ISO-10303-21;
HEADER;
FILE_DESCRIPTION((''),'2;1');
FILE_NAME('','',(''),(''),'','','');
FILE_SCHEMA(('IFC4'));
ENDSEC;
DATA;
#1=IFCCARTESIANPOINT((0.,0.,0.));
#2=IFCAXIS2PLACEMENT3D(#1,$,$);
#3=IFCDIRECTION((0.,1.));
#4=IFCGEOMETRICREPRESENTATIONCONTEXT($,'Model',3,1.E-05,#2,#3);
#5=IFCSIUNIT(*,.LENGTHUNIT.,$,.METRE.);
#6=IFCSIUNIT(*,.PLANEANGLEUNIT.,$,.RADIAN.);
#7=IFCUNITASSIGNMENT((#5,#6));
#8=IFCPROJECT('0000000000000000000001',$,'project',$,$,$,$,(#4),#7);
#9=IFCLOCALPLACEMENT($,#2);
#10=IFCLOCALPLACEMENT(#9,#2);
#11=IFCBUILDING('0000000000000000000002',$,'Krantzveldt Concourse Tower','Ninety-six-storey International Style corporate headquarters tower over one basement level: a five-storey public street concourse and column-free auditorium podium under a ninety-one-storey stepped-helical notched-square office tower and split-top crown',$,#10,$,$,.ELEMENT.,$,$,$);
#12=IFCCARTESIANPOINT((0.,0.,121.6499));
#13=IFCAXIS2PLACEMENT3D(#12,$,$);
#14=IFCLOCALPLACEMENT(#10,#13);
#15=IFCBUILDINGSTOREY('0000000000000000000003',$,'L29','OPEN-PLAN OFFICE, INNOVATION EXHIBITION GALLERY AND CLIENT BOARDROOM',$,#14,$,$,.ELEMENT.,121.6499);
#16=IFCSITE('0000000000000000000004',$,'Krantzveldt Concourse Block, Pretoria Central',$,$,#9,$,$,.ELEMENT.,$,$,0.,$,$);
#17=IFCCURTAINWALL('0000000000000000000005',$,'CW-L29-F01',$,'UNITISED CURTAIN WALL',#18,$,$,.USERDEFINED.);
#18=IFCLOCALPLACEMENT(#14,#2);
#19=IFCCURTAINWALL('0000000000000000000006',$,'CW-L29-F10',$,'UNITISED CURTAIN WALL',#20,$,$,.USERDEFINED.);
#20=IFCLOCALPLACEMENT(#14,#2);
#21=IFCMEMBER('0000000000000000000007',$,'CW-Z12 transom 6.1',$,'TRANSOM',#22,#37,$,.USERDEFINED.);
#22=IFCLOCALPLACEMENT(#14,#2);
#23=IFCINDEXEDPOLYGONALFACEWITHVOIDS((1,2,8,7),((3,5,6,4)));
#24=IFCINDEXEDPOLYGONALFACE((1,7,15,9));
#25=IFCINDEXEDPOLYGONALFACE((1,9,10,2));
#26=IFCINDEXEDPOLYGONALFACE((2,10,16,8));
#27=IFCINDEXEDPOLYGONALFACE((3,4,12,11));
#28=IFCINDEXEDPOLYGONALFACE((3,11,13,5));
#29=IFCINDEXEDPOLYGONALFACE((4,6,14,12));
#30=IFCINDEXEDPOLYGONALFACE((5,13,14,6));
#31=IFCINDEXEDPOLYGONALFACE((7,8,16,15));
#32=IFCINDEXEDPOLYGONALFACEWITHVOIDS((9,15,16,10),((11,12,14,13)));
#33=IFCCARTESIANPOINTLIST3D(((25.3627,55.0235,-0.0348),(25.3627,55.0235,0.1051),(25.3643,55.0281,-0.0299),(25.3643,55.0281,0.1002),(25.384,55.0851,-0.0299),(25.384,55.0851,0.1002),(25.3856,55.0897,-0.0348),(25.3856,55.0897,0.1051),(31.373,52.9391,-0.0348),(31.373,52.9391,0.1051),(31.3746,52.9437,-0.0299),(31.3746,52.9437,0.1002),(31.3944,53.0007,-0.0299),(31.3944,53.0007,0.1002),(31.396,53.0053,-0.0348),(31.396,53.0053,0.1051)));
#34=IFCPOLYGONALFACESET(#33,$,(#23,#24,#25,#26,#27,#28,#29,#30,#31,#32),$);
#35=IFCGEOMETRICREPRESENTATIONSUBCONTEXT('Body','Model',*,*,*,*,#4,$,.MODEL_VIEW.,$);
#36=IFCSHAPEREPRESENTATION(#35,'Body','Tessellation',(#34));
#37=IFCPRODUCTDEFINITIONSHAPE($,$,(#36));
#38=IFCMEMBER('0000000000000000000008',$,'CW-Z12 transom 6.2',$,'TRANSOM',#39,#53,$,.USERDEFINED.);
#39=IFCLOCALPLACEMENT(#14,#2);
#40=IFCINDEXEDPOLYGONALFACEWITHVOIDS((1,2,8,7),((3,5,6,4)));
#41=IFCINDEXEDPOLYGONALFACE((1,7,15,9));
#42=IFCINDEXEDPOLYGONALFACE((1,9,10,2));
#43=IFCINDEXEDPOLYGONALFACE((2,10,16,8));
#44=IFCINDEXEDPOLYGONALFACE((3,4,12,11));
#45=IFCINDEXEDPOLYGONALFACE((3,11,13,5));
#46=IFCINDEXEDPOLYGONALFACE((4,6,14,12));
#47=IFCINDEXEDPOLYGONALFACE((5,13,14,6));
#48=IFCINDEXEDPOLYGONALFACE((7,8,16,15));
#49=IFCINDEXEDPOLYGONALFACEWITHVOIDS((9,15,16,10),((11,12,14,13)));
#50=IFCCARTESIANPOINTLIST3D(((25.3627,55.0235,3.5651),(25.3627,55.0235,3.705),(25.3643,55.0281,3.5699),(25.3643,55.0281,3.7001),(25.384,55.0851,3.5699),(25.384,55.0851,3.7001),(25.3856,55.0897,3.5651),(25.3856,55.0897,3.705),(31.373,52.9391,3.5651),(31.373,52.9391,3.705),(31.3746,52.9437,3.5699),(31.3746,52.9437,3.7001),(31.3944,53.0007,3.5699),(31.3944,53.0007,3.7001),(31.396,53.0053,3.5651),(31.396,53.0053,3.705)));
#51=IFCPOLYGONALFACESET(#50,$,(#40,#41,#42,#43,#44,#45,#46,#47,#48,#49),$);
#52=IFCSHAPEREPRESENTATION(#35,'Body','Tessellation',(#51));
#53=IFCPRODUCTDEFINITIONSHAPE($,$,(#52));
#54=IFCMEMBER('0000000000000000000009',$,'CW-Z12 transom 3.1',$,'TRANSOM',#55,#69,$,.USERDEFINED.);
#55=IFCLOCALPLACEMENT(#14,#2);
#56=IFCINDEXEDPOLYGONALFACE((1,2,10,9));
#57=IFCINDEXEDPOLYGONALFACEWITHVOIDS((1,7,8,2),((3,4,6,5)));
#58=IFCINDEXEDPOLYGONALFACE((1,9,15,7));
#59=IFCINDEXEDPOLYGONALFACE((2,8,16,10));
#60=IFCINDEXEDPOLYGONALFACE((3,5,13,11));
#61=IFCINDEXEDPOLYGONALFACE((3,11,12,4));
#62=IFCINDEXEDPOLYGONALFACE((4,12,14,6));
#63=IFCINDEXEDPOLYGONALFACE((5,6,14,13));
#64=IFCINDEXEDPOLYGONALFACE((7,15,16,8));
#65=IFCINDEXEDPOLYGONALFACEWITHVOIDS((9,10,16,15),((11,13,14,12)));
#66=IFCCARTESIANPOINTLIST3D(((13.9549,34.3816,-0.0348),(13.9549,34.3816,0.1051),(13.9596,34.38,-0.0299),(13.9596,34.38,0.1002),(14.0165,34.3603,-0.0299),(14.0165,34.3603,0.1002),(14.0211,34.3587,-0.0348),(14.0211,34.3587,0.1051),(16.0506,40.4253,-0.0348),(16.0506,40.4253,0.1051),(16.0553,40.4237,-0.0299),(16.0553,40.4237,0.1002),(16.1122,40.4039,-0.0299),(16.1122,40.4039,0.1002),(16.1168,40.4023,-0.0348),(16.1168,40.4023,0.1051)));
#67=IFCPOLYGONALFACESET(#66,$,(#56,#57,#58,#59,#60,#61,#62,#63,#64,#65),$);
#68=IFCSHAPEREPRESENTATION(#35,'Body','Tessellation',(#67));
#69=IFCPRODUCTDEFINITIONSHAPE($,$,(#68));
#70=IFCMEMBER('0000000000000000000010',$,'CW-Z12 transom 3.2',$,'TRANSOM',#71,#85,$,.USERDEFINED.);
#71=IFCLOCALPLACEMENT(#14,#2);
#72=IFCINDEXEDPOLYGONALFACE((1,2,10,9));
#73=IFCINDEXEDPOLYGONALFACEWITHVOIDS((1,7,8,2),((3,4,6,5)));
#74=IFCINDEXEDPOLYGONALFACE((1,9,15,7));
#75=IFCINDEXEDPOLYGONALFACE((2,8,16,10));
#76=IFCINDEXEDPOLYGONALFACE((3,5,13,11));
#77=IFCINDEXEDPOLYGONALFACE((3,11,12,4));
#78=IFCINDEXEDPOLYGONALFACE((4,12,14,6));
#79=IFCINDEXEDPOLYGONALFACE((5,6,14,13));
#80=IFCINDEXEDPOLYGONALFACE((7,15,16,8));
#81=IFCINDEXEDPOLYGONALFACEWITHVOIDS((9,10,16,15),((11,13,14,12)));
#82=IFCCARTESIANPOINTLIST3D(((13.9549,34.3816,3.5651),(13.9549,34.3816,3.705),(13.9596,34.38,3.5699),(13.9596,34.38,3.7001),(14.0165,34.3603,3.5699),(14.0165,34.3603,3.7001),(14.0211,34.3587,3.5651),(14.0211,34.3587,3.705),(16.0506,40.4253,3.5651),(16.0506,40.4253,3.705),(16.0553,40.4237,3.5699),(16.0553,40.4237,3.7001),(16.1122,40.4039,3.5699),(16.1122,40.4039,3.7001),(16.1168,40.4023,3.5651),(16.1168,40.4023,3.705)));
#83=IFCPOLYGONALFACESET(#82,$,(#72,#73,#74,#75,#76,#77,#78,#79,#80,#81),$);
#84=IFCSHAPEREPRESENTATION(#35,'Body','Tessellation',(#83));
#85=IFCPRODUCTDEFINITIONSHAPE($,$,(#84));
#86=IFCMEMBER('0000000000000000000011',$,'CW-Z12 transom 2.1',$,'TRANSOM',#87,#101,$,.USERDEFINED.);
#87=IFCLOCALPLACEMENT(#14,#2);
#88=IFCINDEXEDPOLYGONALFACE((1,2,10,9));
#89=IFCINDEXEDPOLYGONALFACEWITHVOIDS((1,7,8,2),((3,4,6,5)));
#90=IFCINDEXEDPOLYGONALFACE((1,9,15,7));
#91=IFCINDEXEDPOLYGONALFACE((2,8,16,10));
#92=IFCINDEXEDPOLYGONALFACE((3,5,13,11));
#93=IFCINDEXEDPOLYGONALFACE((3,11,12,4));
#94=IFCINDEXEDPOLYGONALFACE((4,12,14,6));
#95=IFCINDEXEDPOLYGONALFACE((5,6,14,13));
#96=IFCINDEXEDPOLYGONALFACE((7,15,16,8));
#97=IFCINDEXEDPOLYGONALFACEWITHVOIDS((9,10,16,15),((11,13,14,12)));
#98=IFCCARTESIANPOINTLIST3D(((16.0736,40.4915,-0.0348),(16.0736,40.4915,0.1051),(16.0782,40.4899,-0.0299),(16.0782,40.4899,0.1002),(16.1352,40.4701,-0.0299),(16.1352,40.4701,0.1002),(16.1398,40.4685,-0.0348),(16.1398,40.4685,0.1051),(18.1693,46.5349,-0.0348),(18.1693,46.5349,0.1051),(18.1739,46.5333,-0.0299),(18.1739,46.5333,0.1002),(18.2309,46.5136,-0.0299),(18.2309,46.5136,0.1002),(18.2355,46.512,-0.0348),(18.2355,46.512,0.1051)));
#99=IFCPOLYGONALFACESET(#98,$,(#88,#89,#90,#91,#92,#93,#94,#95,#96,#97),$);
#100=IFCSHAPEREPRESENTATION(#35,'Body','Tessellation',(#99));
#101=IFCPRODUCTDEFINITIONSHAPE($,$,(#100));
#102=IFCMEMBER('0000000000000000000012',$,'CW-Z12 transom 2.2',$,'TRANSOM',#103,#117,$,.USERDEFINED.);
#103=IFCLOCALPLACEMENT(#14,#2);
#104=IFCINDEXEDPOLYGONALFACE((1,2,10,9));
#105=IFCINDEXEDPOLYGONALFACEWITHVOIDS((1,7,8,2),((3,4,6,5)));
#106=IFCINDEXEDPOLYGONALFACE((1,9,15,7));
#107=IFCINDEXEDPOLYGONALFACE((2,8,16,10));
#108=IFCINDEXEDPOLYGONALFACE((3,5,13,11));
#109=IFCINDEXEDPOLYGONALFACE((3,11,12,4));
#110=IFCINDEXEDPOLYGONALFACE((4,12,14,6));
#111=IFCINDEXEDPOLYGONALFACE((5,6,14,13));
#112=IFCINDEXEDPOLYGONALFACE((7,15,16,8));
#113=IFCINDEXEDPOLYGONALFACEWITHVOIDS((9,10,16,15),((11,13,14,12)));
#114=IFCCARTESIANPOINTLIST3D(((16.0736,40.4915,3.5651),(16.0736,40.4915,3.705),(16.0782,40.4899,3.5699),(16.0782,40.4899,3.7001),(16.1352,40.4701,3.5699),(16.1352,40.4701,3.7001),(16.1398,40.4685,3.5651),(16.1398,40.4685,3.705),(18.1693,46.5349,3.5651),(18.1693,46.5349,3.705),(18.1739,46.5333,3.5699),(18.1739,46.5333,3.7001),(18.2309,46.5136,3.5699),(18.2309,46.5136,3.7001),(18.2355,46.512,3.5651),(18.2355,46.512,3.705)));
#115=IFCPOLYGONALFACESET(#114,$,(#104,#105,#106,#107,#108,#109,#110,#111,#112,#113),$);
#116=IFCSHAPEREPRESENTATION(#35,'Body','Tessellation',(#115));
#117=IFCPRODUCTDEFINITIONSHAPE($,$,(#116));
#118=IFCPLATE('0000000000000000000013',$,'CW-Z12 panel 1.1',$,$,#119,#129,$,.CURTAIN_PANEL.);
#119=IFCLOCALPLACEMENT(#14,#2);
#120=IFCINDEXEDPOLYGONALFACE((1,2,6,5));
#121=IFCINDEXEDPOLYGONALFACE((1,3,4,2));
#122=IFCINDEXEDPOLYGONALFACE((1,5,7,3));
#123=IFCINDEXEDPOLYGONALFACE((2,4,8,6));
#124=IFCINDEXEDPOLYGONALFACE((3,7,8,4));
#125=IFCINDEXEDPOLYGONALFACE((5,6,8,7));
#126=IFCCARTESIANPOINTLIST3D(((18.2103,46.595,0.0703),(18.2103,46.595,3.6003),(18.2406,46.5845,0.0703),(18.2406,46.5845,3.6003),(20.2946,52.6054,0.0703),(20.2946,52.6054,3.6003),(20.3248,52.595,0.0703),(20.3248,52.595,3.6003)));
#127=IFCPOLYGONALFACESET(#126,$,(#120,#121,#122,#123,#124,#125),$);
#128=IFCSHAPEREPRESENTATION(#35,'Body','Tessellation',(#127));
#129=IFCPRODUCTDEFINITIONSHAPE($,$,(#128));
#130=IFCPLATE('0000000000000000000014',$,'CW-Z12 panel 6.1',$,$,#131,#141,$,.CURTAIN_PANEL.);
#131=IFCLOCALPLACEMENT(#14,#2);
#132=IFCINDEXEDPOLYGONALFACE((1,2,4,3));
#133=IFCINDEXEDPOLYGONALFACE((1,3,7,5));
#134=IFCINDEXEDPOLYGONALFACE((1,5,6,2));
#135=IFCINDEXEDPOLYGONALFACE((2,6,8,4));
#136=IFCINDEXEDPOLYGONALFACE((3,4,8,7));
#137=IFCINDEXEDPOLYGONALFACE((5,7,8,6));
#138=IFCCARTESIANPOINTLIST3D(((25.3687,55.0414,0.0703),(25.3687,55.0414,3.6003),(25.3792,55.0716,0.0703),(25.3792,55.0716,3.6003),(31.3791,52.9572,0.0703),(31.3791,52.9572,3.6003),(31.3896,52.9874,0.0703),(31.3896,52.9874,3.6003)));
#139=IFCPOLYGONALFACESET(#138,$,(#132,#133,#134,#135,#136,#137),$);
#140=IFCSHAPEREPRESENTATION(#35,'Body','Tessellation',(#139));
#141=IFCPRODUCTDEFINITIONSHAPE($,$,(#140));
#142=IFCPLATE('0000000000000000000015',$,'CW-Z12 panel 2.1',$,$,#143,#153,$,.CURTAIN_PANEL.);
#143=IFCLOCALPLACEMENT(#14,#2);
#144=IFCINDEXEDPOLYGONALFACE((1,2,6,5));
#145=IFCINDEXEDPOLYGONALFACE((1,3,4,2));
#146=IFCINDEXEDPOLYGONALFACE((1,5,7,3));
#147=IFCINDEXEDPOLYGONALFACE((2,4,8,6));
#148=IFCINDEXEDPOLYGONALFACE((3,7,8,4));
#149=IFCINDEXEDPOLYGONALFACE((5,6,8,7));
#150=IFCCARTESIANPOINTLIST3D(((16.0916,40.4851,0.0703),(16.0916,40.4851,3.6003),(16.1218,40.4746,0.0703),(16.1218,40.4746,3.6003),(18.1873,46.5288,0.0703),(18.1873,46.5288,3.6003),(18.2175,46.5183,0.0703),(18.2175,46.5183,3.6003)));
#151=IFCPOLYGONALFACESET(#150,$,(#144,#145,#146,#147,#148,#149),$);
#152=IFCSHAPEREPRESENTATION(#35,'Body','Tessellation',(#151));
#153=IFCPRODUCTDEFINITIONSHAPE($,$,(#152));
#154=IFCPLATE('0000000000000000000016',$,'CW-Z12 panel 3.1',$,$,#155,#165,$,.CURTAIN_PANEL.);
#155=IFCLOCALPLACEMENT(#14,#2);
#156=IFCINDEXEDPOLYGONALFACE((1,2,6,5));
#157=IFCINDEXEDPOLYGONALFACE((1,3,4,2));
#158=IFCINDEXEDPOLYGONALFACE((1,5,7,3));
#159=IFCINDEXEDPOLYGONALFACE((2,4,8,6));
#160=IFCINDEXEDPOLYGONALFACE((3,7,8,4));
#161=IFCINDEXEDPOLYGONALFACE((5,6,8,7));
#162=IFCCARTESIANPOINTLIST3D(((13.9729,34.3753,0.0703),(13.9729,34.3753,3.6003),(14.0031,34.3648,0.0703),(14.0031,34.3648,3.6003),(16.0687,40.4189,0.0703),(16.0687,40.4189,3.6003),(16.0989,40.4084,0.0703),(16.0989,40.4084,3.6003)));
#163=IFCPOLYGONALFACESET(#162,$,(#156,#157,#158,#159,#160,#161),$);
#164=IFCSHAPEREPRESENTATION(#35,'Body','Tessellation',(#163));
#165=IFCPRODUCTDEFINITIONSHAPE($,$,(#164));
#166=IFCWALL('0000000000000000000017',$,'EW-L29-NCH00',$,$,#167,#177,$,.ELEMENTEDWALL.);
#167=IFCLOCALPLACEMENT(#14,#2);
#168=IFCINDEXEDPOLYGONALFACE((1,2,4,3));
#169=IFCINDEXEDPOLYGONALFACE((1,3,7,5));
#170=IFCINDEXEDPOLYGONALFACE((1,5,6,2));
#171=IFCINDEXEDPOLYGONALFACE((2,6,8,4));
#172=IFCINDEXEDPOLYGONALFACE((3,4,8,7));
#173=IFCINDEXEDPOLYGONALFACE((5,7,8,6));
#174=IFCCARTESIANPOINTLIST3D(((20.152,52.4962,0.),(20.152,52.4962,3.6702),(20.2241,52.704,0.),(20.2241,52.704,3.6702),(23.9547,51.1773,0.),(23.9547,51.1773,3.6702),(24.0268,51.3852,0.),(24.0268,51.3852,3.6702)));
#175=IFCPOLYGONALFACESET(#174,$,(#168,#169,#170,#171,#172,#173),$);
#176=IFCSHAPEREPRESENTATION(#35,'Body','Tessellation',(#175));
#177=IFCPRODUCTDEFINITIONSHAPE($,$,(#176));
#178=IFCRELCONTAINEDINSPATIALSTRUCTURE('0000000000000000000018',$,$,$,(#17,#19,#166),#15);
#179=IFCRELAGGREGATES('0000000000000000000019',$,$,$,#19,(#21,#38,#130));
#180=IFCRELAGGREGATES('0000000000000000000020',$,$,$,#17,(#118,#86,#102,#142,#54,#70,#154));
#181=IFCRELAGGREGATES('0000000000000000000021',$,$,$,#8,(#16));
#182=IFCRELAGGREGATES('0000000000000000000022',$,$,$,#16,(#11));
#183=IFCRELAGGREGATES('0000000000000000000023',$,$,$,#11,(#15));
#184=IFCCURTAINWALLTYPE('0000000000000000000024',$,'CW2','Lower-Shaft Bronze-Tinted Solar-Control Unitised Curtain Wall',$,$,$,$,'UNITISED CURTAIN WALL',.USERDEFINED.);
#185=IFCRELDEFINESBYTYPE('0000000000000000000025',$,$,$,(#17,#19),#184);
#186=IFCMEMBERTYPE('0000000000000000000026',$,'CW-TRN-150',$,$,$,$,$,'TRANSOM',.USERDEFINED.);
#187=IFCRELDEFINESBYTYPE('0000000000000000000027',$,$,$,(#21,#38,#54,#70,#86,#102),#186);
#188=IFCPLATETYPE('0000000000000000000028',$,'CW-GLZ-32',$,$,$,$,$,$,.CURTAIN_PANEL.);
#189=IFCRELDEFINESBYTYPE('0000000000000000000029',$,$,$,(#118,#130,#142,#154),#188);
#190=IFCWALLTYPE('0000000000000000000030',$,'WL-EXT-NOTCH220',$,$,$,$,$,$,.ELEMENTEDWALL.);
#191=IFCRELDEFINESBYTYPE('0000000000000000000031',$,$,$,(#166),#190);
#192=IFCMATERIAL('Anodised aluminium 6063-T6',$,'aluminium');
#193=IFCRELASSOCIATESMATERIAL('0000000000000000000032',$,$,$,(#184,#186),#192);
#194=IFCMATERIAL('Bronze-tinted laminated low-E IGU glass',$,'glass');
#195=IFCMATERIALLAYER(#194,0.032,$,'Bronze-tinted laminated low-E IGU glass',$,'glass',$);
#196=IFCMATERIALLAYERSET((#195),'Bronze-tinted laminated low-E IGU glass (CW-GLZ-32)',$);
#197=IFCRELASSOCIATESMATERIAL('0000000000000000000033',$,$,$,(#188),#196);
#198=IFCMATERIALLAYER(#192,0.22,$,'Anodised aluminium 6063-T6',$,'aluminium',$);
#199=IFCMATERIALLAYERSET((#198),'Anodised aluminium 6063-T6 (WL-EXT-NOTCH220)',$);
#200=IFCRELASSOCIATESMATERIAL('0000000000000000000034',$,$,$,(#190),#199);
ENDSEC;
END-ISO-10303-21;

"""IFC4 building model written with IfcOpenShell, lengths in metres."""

from ifc_helpers import new_model, si_unit, direction, frame, frame_2d, origin, origin_2d, place, context, subcontext, project, spatial, rectangle, hollow_rectangle, extrude, source, transform, mapped, material, layer, layer_set, material_profile, profile_set, type_object, type_shapes, element, aggregate, save


model = new_model("IFC4")

# Units and contexts
model_context = context("Model", 3, precision=1e-05, world=origin(), true_north=direction((0.0, 1.0)))
body_context = subcontext(model_context, "Body", "Model", "MODEL_VIEW")
ifc_project = project(units=[si_unit("LENGTHUNIT", "METRE"), si_unit("PLANEANGLEUNIT", "RADIAN")], contexts=[model_context])

# Site, building, storey
site_placement = place(None, origin())
site = spatial("IfcSite", under=ifc_project, at=site_placement, Name="Krantzveldt Concourse Block, Pretoria Central", CompositionType="ELEMENT", RefElevation=0.0)
building_placement = place(site_placement, origin())
building = spatial("IfcBuilding", under=site, at=building_placement, Name="Krantzveldt Concourse Tower", Description="Ninety-six-storey International Style corporate headquarters tower over one basement level: a five-storey public street concourse and column-free auditorium podium under a ninety-one-storey stepped-helical notched-square office tower and split-top crown", CompositionType="ELEMENT")
storey_placement = place(building_placement, frame((0.0, 0.0, 121.6499)))
storey = spatial("IfcBuildingStorey", under=building, at=storey_placement, Name="L29", Description="OPEN-PLAN OFFICE, INNOVATION EXHIBITION GALLERY AND CLIENT BOARDROOM", CompositionType="ELEMENT", Elevation=121.6499)

# Curtain walls
ifc_material_1 = material(Name="Anodised aluminium 6063-T6", Category="aluminium")
curtain_wall_type = type_object("IfcCurtainWallType", Name="CW2", Description="Lower-Shaft Bronze-Tinted Solar-Control Unitised Curtain Wall", ElementType="UNITISED CURTAIN WALL", PredefinedType="USERDEFINED", material=ifc_material_1)
curtain_wall_1_placement = place(storey_placement, origin())
curtain_wall_1 = element("IfcCurtainWall", 1, at=curtain_wall_1_placement, inside=storey, type_object=curtain_wall_type, Name="CW-L29-F01", ObjectType="UNITISED CURTAIN WALL", PredefinedType="USERDEFINED")
curtain_wall_2_placement = place(storey_placement, origin())
curtain_wall_2 = element("IfcCurtainWall", 2, at=curtain_wall_2_placement, inside=storey, type_object=curtain_wall_type, Name="CW-L29-F10", ObjectType="UNITISED CURTAIN WALL", PredefinedType="USERDEFINED")

# Members
ifc_material_profile_1 = material_profile(ifc_material_1, hollow_rectangle(XDim=0.0701, YDim=0.1399, WallThickness=0.0049, at=origin_2d()), Name="Anodised aluminium 6063-T6", Category="aluminium")
ifc_profile_set_1 = profile_set([ifc_material_profile_1], Name="Anodised aluminium 6063-T6 - ALU-TRAN 140x70x5")
member_type_1 = type_object("IfcMemberType", Name="CW-TRN-150", ElementType="TRANSOM", PredefinedType="USERDEFINED", material=ifc_profile_set_1)
shared_shape_1 = source(origin(), body_context, "Body", "SweptSolid", [
    extrude(hollow_rectangle(XDim=0.0701, YDim=0.1399, WallThickness=0.0049, at=origin_2d()), origin(), (0.0, 0.0, 1.0), 6.3616),
])
member_1_placement = place(storey_placement, frame((31.3845, 52.9722, 0.0352), z_axis=(-0.944796, 0.32766, 0.0), x_axis=(-0.32766, -0.944796, 0.0)))
member_1 = element("IfcMember", 3, at=member_1_placement, type_object=member_type_1, Name="CW-Z12 transom 6.1", ObjectType="TRANSOM", PredefinedType="USERDEFINED", context=body_context, shape_type="MappedRepresentation", body=[
    mapped(shared_shape_1, transform((0.0, 0.0, 0.0), x_axis=(1.0, 0.0, 0.0), y_axis=(0.0, 1.0, 0.0), z_axis=(0.0, 0.0, 1.0), scale=1.0)),
])
member_2_placement = place(storey_placement, frame((31.3845, 52.9722, 3.635), z_axis=(-0.944796, 0.32766, 0.0), x_axis=(-0.32766, -0.944796, 0.0)))
member_2 = element("IfcMember", 4, at=member_2_placement, type_object=member_type_1, Name="CW-Z12 transom 6.2", ObjectType="TRANSOM", PredefinedType="USERDEFINED", context=body_context, shape_type="MappedRepresentation", body=[
    mapped(shared_shape_1, transform((0.0, 0.0, 0.0), x_axis=(1.0, 0.0, 0.0), y_axis=(0.0, 1.0, 0.0), z_axis=(0.0, 0.0, 1.0), scale=1.0)),
])
shared_shape_2 = source(origin(), body_context, "Body", "SweptSolid", [
    extrude(hollow_rectangle(XDim=0.0701, YDim=0.1399, WallThickness=0.0049, at=origin_2d()), origin(), (0.0, 0.0, 1.0), 6.3967),
])
member_3_placement = place(storey_placement, frame((16.0837, 40.4138, 0.0352), z_axis=(-0.32762, -0.944809, 0.0), x_axis=(0.944809, -0.32762, 0.0)))
member_3 = element("IfcMember", 5, at=member_3_placement, type_object=member_type_1, Name="CW-Z12 transom 3.1", ObjectType="TRANSOM", PredefinedType="USERDEFINED", context=body_context, shape_type="MappedRepresentation", body=[
    mapped(shared_shape_2, transform((0.0, 0.0, 0.0), x_axis=(1.0, 0.0, 0.0), y_axis=(0.0, 1.0, 0.0), z_axis=(0.0, 0.0, 1.0), scale=1.0)),
])
member_4_placement = place(storey_placement, frame((16.0837, 40.4138, 3.635), z_axis=(-0.32762, -0.944809, 0.0), x_axis=(0.944809, -0.32762, 0.0)))
member_4 = element("IfcMember", 6, at=member_4_placement, type_object=member_type_1, Name="CW-Z12 transom 3.2", ObjectType="TRANSOM", PredefinedType="USERDEFINED", context=body_context, shape_type="MappedRepresentation", body=[
    mapped(shared_shape_2, transform((0.0, 0.0, 0.0), x_axis=(1.0, 0.0, 0.0), y_axis=(0.0, 1.0, 0.0), z_axis=(0.0, 0.0, 1.0), scale=1.0)),
])
shared_shape_3 = source(origin(), body_context, "Body", "SweptSolid", [
    extrude(hollow_rectangle(XDim=0.0701, YDim=0.1399, WallThickness=0.0049, at=origin_2d()), origin(), (0.0, 0.0, 1.0), 6.3965),
])
type_shapes(member_type_1, [shared_shape_1, shared_shape_2, shared_shape_3])
member_5_placement = place(storey_placement, frame((18.2024, 46.5234, 0.0352), z_axis=(-0.327632, -0.944805, 0.0), x_axis=(0.944805, -0.327632, 0.0)))
member_5 = element("IfcMember", 7, at=member_5_placement, type_object=member_type_1, Name="CW-Z12 transom 2.1", ObjectType="TRANSOM", PredefinedType="USERDEFINED", context=body_context, shape_type="MappedRepresentation", body=[
    mapped(shared_shape_3, transform((0.0, 0.0, 0.0), x_axis=(1.0, 0.0, 0.0), y_axis=(0.0, 1.0, 0.0), z_axis=(0.0, 0.0, 1.0), scale=1.0)),
])
member_6_placement = place(storey_placement, frame((18.2024, 46.5234, 3.635), z_axis=(-0.327632, -0.944805, 0.0), x_axis=(0.944805, -0.327632, 0.0)))
member_6 = element("IfcMember", 8, at=member_6_placement, type_object=member_type_1, Name="CW-Z12 transom 2.2", ObjectType="TRANSOM", PredefinedType="USERDEFINED", context=body_context, shape_type="MappedRepresentation", body=[
    mapped(shared_shape_3, transform((0.0, 0.0, 0.0), x_axis=(1.0, 0.0, 0.0), y_axis=(0.0, 1.0, 0.0), z_axis=(0.0, 0.0, 1.0), scale=1.0)),
])

# Plates
ifc_material_2 = material(Name="Bronze-tinted laminated low-E IGU glass", Category="glass")
ifc_layer_1 = layer(ifc_material_2, 0.032, Name="Bronze-tinted laminated low-E IGU glass", Category="glass")
ifc_layer_set_1 = layer_set([ifc_layer_1], Name="Bronze-tinted laminated low-E IGU glass (CW-GLZ-32)")
plate_type = type_object("IfcPlateType", Name="CW-GLZ-32", PredefinedType="CURTAIN_PANEL", material=ifc_layer_set_1)
shared_shape_4 = source(origin(), body_context, "Body", "SweptSolid", [
    extrude(rectangle(XDim=6.3616, YDim=0.032, at=origin_2d()), origin(), (0.0, 0.0, 1.0), 3.53),
])
plate_1_placement = place(storey_placement, frame((19.2676, 49.595, 0.0703), z_axis=(0.0, 0.0, 1.0), x_axis=(-0.32763, -0.944806, 0.0)))
plate_1 = element("IfcPlate", 9, at=plate_1_placement, type_object=plate_type, Name="CW-Z12 panel 1.1", PredefinedType="CURTAIN_PANEL", context=body_context, shape_type="MappedRepresentation", body=[
    mapped(shared_shape_4, transform((0.0, 0.0, 0.0), x_axis=(1.0, 0.0, 0.0), y_axis=(0.0, 1.0, 0.0), z_axis=(0.0, 0.0, 1.0), scale=1.0)),
])
plate_2_placement = place(storey_placement, frame((28.3792, 54.0144, 0.0703), z_axis=(0.0, 0.0, 1.0), x_axis=(-0.944806, 0.32763, 0.0)))
plate_2 = element("IfcPlate", 10, at=plate_2_placement, type_object=plate_type, Name="CW-Z12 panel 6.1", PredefinedType="CURTAIN_PANEL", context=body_context, shape_type="MappedRepresentation", body=[
    mapped(shared_shape_4, transform((0.0, 0.0, 0.0), x_axis=(1.0, 0.0, 0.0), y_axis=(0.0, 1.0, 0.0), z_axis=(0.0, 0.0, 1.0), scale=1.0)),
])
aggregate(curtain_wall_2, [member_1, member_2, plate_2])
shared_shape_5 = source(origin(), body_context, "Body", "SweptSolid", [
    extrude(rectangle(XDim=6.3967, YDim=0.032, at=origin_2d()), origin(), (0.0, 0.0, 1.0), 3.53),
])
type_shapes(plate_type, [shared_shape_4, shared_shape_5])
plate_3_placement = place(storey_placement, frame((17.1545, 43.5017, 0.0703), z_axis=(0.0, 0.0, 1.0), x_axis=(-0.32763, -0.944806, 0.0)))
plate_3 = element("IfcPlate", 11, at=plate_3_placement, type_object=plate_type, Name="CW-Z12 panel 2.1", PredefinedType="CURTAIN_PANEL", context=body_context, shape_type="MappedRepresentation", body=[
    mapped(shared_shape_5, transform((0.0, 0.0, 0.0), x_axis=(1.0, 0.0, 0.0), y_axis=(0.0, 1.0, 0.0), z_axis=(0.0, 0.0, 1.0), scale=1.0)),
])
plate_4_placement = place(storey_placement, frame((15.0359, 37.3918, 0.0703), z_axis=(0.0, 0.0, 1.0), x_axis=(-0.32763, -0.944806, 0.0)))
plate_4 = element("IfcPlate", 12, at=plate_4_placement, type_object=plate_type, Name="CW-Z12 panel 3.1", PredefinedType="CURTAIN_PANEL", context=body_context, shape_type="MappedRepresentation", body=[
    mapped(shared_shape_5, transform((0.0, 0.0, 0.0), x_axis=(1.0, 0.0, 0.0), y_axis=(0.0, 1.0, 0.0), z_axis=(0.0, 0.0, 1.0), scale=1.0)),
])
aggregate(curtain_wall_1, [plate_1, member_5, member_6, plate_3, member_3, member_4, plate_4])

# Wall
ifc_layer_2 = layer(ifc_material_1, 0.22, Name="Anodised aluminium 6063-T6", Category="aluminium")
ifc_layer_set_2 = layer_set([ifc_layer_2], Name="Anodised aluminium 6063-T6 (WL-EXT-NOTCH220)")
wall_type_1 = type_object("IfcWallType", Name="WL-EXT-NOTCH220", PredefinedType="ELEMENTEDWALL", material=ifc_layer_set_2)
wall_1_placement = place(storey_placement, frame((23.9907, 51.2812, 0.0), z_axis=(0.0, 0.0, 1.0), x_axis=(-0.944793, 0.327669, 0.0)))
element("IfcWall", 13, at=wall_1_placement, inside=storey, type_object=wall_type_1, Name="EW-L29-NCH00", PredefinedType="ELEMENTEDWALL", context=body_context, shape_type="SweptSolid", body=[
    extrude(rectangle(XDim=4.0249, YDim=0.22, at=frame_2d((2.0125, 0.0))), origin(), (0.0, 0.0, 1.0), 3.6702),
])

save(model, "model.ifc")
